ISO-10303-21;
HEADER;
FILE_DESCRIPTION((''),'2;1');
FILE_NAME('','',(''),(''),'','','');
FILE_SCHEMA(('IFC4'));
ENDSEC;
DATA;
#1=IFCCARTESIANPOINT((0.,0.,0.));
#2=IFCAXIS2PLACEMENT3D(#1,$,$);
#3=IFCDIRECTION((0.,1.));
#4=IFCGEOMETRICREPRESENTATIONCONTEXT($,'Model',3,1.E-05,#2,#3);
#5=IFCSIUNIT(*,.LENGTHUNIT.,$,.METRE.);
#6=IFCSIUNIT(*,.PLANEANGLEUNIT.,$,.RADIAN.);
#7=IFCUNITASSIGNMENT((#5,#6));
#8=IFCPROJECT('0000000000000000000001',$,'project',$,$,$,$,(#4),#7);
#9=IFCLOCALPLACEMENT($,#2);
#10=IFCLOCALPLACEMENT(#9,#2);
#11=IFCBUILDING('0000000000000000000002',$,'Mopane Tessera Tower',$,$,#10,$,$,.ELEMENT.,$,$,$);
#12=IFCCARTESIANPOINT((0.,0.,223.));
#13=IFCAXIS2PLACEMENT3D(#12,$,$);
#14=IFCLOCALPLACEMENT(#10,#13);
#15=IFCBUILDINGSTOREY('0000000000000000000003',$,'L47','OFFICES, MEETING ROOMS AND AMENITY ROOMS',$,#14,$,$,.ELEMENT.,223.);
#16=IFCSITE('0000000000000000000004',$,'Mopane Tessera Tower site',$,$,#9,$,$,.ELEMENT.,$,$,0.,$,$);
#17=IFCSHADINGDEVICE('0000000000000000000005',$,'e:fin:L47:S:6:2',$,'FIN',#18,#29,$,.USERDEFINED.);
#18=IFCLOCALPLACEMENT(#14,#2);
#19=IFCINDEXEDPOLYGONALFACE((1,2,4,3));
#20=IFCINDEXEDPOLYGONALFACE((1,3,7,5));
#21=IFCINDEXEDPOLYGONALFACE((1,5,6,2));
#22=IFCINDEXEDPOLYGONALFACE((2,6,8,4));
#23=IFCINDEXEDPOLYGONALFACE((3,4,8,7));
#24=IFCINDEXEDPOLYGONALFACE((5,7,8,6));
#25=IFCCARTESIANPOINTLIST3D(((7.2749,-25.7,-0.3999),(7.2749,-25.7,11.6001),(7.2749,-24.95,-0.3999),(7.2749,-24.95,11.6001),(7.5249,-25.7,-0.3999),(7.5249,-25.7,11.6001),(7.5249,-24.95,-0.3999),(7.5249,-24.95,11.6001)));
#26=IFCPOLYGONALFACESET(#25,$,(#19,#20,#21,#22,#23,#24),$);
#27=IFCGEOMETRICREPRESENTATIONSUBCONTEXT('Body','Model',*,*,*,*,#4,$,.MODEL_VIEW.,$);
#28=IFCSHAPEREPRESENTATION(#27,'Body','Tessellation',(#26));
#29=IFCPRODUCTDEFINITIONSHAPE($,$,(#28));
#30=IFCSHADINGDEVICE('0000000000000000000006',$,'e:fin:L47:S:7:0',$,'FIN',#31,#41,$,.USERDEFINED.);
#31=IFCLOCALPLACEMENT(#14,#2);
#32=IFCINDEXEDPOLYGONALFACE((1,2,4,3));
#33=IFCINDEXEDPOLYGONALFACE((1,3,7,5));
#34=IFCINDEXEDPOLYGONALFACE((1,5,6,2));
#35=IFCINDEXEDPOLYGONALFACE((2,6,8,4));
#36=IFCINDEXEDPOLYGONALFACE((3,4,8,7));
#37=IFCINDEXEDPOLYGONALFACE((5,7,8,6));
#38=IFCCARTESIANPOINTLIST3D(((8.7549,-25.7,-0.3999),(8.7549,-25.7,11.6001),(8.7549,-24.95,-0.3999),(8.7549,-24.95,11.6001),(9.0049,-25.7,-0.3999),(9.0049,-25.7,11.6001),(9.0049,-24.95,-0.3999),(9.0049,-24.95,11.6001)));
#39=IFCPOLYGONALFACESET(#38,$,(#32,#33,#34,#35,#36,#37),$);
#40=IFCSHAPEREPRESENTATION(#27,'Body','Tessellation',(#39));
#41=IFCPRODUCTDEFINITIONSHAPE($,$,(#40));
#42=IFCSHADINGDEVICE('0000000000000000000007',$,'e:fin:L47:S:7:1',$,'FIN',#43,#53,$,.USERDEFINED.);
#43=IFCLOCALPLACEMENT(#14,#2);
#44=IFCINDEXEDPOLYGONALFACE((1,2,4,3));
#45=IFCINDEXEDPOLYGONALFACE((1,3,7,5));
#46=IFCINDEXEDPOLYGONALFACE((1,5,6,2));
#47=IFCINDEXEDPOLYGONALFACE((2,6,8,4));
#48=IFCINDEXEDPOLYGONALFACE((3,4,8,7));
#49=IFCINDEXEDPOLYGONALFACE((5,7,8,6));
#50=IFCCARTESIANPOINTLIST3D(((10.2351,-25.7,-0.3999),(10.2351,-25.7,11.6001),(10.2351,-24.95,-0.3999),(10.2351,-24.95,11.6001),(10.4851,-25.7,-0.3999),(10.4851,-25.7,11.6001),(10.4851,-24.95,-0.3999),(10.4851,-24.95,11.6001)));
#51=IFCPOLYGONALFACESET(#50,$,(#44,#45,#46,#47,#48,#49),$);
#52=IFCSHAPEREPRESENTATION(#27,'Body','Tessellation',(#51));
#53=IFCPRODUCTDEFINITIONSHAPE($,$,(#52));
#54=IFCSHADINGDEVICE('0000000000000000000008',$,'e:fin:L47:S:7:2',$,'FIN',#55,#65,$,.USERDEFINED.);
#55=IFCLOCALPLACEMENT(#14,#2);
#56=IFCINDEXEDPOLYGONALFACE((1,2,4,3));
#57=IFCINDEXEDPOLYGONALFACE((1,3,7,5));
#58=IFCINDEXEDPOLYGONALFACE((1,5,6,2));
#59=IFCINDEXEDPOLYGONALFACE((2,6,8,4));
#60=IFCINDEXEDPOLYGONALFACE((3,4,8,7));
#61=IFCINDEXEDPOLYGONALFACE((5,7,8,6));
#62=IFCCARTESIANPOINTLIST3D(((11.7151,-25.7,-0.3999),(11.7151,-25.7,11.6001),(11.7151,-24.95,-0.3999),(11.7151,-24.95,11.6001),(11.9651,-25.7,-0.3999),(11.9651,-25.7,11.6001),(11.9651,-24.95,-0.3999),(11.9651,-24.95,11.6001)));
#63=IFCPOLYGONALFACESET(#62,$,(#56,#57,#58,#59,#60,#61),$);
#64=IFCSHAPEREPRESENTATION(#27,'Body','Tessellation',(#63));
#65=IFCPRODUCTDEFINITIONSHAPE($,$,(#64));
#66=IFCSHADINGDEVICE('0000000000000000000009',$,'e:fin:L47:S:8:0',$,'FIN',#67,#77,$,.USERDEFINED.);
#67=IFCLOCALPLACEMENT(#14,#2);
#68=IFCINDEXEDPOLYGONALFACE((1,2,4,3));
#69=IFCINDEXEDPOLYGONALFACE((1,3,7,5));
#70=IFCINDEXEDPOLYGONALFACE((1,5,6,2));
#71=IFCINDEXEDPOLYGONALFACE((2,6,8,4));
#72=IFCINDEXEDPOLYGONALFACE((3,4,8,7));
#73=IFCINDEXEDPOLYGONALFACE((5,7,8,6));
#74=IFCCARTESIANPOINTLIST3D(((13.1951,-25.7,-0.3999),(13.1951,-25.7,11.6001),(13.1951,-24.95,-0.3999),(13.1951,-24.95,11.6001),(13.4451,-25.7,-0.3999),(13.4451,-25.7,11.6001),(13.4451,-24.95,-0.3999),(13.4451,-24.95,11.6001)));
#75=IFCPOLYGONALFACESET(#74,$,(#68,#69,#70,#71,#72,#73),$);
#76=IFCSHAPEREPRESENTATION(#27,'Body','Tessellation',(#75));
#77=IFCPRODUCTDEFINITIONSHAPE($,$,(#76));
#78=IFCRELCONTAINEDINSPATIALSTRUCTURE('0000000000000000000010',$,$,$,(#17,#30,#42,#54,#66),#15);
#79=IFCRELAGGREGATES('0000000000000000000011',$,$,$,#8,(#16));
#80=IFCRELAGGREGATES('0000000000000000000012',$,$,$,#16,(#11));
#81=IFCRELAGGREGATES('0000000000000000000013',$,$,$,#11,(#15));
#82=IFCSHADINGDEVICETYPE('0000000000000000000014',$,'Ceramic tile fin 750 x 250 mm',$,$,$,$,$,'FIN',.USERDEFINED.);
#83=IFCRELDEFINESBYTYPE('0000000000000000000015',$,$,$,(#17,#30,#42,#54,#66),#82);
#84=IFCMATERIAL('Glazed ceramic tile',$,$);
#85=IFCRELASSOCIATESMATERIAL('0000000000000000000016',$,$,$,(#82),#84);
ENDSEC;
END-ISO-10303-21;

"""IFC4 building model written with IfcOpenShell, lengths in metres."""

from ifc_helpers import new_model, si_unit, direction, frame, origin, origin_2d, place, context, subcontext, project, spatial, rectangle, extrude, material, type_object, element, save


model = new_model("IFC4")

# Units and contexts
model_context = context("Model", 3, precision=1e-05, world=origin(), true_north=direction((0.0, 1.0)))
body_context = subcontext(model_context, "Body", "Model", "MODEL_VIEW")
ifc_project = project(units=[si_unit("LENGTHUNIT", "METRE"), si_unit("PLANEANGLEUNIT", "RADIAN")], contexts=[model_context])

# Site, building, storey
site_placement = place(None, origin())
site = spatial("IfcSite", under=ifc_project, at=site_placement, Name="Mopane Tessera Tower site", CompositionType="ELEMENT", RefElevation=0.0)
building_placement = place(site_placement, origin())
building = spatial("IfcBuilding", under=site, at=building_placement, Name="Mopane Tessera Tower", CompositionType="ELEMENT")
storey_placement = place(building_placement, frame((0.0, 0.0, 223.0)))
storey = spatial("IfcBuildingStorey", under=building, at=storey_placement, Name="L47", Description="OFFICES, MEETING ROOMS AND AMENITY ROOMS", CompositionType="ELEMENT", Elevation=223.0)

# Shading devices
ifc_material_1 = material(Name="Glazed ceramic tile")
shading_device_type = type_object("IfcShadingDeviceType", Name="Ceramic tile fin 750 x 250 mm", ElementType="FIN", PredefinedType="USERDEFINED", material=ifc_material_1)
for number, where, z_axis, x_axis, name in (
    (1, (7.3999, -25.325, -0.3999), (0.0, 0.0, 1.0), (1.0, 0.0, 0.0), "e:fin:L47:S:6:2"),
    (2, (8.8799, -25.325, -0.3999), (0.0, 0.0, 1.0), (1.0, 0.0, 0.0), "e:fin:L47:S:7:0"),
    (3, (10.3601, -25.325, -0.3999), (0.0, 0.0, 1.0), (1.0, 0.0, 0.0), "e:fin:L47:S:7:1"),
    (4, (11.8401, -25.325, -0.3999), (0.0, 0.0, 1.0), (1.0, 0.0, 0.0), "e:fin:L47:S:7:2"),
    (5, (13.3201, -25.325, -0.3999), (0.0, 0.0, 1.0), (1.0, 0.0, 0.0), "e:fin:L47:S:8:0"),
):
    element("IfcShadingDevice", number, at=place(storey_placement, frame(where, z_axis=z_axis, x_axis=x_axis)), inside=storey, type_object=shading_device_type, Name=name, ObjectType="FIN", PredefinedType="USERDEFINED", context=body_context, shape_type="SweptSolid", body=[
        extrude(rectangle(XDim=0.25, YDim=0.75, at=origin_2d()), origin(), (0.0, 0.0, 1.0), 12.0),
    ])

save(model, "model.ifc")
